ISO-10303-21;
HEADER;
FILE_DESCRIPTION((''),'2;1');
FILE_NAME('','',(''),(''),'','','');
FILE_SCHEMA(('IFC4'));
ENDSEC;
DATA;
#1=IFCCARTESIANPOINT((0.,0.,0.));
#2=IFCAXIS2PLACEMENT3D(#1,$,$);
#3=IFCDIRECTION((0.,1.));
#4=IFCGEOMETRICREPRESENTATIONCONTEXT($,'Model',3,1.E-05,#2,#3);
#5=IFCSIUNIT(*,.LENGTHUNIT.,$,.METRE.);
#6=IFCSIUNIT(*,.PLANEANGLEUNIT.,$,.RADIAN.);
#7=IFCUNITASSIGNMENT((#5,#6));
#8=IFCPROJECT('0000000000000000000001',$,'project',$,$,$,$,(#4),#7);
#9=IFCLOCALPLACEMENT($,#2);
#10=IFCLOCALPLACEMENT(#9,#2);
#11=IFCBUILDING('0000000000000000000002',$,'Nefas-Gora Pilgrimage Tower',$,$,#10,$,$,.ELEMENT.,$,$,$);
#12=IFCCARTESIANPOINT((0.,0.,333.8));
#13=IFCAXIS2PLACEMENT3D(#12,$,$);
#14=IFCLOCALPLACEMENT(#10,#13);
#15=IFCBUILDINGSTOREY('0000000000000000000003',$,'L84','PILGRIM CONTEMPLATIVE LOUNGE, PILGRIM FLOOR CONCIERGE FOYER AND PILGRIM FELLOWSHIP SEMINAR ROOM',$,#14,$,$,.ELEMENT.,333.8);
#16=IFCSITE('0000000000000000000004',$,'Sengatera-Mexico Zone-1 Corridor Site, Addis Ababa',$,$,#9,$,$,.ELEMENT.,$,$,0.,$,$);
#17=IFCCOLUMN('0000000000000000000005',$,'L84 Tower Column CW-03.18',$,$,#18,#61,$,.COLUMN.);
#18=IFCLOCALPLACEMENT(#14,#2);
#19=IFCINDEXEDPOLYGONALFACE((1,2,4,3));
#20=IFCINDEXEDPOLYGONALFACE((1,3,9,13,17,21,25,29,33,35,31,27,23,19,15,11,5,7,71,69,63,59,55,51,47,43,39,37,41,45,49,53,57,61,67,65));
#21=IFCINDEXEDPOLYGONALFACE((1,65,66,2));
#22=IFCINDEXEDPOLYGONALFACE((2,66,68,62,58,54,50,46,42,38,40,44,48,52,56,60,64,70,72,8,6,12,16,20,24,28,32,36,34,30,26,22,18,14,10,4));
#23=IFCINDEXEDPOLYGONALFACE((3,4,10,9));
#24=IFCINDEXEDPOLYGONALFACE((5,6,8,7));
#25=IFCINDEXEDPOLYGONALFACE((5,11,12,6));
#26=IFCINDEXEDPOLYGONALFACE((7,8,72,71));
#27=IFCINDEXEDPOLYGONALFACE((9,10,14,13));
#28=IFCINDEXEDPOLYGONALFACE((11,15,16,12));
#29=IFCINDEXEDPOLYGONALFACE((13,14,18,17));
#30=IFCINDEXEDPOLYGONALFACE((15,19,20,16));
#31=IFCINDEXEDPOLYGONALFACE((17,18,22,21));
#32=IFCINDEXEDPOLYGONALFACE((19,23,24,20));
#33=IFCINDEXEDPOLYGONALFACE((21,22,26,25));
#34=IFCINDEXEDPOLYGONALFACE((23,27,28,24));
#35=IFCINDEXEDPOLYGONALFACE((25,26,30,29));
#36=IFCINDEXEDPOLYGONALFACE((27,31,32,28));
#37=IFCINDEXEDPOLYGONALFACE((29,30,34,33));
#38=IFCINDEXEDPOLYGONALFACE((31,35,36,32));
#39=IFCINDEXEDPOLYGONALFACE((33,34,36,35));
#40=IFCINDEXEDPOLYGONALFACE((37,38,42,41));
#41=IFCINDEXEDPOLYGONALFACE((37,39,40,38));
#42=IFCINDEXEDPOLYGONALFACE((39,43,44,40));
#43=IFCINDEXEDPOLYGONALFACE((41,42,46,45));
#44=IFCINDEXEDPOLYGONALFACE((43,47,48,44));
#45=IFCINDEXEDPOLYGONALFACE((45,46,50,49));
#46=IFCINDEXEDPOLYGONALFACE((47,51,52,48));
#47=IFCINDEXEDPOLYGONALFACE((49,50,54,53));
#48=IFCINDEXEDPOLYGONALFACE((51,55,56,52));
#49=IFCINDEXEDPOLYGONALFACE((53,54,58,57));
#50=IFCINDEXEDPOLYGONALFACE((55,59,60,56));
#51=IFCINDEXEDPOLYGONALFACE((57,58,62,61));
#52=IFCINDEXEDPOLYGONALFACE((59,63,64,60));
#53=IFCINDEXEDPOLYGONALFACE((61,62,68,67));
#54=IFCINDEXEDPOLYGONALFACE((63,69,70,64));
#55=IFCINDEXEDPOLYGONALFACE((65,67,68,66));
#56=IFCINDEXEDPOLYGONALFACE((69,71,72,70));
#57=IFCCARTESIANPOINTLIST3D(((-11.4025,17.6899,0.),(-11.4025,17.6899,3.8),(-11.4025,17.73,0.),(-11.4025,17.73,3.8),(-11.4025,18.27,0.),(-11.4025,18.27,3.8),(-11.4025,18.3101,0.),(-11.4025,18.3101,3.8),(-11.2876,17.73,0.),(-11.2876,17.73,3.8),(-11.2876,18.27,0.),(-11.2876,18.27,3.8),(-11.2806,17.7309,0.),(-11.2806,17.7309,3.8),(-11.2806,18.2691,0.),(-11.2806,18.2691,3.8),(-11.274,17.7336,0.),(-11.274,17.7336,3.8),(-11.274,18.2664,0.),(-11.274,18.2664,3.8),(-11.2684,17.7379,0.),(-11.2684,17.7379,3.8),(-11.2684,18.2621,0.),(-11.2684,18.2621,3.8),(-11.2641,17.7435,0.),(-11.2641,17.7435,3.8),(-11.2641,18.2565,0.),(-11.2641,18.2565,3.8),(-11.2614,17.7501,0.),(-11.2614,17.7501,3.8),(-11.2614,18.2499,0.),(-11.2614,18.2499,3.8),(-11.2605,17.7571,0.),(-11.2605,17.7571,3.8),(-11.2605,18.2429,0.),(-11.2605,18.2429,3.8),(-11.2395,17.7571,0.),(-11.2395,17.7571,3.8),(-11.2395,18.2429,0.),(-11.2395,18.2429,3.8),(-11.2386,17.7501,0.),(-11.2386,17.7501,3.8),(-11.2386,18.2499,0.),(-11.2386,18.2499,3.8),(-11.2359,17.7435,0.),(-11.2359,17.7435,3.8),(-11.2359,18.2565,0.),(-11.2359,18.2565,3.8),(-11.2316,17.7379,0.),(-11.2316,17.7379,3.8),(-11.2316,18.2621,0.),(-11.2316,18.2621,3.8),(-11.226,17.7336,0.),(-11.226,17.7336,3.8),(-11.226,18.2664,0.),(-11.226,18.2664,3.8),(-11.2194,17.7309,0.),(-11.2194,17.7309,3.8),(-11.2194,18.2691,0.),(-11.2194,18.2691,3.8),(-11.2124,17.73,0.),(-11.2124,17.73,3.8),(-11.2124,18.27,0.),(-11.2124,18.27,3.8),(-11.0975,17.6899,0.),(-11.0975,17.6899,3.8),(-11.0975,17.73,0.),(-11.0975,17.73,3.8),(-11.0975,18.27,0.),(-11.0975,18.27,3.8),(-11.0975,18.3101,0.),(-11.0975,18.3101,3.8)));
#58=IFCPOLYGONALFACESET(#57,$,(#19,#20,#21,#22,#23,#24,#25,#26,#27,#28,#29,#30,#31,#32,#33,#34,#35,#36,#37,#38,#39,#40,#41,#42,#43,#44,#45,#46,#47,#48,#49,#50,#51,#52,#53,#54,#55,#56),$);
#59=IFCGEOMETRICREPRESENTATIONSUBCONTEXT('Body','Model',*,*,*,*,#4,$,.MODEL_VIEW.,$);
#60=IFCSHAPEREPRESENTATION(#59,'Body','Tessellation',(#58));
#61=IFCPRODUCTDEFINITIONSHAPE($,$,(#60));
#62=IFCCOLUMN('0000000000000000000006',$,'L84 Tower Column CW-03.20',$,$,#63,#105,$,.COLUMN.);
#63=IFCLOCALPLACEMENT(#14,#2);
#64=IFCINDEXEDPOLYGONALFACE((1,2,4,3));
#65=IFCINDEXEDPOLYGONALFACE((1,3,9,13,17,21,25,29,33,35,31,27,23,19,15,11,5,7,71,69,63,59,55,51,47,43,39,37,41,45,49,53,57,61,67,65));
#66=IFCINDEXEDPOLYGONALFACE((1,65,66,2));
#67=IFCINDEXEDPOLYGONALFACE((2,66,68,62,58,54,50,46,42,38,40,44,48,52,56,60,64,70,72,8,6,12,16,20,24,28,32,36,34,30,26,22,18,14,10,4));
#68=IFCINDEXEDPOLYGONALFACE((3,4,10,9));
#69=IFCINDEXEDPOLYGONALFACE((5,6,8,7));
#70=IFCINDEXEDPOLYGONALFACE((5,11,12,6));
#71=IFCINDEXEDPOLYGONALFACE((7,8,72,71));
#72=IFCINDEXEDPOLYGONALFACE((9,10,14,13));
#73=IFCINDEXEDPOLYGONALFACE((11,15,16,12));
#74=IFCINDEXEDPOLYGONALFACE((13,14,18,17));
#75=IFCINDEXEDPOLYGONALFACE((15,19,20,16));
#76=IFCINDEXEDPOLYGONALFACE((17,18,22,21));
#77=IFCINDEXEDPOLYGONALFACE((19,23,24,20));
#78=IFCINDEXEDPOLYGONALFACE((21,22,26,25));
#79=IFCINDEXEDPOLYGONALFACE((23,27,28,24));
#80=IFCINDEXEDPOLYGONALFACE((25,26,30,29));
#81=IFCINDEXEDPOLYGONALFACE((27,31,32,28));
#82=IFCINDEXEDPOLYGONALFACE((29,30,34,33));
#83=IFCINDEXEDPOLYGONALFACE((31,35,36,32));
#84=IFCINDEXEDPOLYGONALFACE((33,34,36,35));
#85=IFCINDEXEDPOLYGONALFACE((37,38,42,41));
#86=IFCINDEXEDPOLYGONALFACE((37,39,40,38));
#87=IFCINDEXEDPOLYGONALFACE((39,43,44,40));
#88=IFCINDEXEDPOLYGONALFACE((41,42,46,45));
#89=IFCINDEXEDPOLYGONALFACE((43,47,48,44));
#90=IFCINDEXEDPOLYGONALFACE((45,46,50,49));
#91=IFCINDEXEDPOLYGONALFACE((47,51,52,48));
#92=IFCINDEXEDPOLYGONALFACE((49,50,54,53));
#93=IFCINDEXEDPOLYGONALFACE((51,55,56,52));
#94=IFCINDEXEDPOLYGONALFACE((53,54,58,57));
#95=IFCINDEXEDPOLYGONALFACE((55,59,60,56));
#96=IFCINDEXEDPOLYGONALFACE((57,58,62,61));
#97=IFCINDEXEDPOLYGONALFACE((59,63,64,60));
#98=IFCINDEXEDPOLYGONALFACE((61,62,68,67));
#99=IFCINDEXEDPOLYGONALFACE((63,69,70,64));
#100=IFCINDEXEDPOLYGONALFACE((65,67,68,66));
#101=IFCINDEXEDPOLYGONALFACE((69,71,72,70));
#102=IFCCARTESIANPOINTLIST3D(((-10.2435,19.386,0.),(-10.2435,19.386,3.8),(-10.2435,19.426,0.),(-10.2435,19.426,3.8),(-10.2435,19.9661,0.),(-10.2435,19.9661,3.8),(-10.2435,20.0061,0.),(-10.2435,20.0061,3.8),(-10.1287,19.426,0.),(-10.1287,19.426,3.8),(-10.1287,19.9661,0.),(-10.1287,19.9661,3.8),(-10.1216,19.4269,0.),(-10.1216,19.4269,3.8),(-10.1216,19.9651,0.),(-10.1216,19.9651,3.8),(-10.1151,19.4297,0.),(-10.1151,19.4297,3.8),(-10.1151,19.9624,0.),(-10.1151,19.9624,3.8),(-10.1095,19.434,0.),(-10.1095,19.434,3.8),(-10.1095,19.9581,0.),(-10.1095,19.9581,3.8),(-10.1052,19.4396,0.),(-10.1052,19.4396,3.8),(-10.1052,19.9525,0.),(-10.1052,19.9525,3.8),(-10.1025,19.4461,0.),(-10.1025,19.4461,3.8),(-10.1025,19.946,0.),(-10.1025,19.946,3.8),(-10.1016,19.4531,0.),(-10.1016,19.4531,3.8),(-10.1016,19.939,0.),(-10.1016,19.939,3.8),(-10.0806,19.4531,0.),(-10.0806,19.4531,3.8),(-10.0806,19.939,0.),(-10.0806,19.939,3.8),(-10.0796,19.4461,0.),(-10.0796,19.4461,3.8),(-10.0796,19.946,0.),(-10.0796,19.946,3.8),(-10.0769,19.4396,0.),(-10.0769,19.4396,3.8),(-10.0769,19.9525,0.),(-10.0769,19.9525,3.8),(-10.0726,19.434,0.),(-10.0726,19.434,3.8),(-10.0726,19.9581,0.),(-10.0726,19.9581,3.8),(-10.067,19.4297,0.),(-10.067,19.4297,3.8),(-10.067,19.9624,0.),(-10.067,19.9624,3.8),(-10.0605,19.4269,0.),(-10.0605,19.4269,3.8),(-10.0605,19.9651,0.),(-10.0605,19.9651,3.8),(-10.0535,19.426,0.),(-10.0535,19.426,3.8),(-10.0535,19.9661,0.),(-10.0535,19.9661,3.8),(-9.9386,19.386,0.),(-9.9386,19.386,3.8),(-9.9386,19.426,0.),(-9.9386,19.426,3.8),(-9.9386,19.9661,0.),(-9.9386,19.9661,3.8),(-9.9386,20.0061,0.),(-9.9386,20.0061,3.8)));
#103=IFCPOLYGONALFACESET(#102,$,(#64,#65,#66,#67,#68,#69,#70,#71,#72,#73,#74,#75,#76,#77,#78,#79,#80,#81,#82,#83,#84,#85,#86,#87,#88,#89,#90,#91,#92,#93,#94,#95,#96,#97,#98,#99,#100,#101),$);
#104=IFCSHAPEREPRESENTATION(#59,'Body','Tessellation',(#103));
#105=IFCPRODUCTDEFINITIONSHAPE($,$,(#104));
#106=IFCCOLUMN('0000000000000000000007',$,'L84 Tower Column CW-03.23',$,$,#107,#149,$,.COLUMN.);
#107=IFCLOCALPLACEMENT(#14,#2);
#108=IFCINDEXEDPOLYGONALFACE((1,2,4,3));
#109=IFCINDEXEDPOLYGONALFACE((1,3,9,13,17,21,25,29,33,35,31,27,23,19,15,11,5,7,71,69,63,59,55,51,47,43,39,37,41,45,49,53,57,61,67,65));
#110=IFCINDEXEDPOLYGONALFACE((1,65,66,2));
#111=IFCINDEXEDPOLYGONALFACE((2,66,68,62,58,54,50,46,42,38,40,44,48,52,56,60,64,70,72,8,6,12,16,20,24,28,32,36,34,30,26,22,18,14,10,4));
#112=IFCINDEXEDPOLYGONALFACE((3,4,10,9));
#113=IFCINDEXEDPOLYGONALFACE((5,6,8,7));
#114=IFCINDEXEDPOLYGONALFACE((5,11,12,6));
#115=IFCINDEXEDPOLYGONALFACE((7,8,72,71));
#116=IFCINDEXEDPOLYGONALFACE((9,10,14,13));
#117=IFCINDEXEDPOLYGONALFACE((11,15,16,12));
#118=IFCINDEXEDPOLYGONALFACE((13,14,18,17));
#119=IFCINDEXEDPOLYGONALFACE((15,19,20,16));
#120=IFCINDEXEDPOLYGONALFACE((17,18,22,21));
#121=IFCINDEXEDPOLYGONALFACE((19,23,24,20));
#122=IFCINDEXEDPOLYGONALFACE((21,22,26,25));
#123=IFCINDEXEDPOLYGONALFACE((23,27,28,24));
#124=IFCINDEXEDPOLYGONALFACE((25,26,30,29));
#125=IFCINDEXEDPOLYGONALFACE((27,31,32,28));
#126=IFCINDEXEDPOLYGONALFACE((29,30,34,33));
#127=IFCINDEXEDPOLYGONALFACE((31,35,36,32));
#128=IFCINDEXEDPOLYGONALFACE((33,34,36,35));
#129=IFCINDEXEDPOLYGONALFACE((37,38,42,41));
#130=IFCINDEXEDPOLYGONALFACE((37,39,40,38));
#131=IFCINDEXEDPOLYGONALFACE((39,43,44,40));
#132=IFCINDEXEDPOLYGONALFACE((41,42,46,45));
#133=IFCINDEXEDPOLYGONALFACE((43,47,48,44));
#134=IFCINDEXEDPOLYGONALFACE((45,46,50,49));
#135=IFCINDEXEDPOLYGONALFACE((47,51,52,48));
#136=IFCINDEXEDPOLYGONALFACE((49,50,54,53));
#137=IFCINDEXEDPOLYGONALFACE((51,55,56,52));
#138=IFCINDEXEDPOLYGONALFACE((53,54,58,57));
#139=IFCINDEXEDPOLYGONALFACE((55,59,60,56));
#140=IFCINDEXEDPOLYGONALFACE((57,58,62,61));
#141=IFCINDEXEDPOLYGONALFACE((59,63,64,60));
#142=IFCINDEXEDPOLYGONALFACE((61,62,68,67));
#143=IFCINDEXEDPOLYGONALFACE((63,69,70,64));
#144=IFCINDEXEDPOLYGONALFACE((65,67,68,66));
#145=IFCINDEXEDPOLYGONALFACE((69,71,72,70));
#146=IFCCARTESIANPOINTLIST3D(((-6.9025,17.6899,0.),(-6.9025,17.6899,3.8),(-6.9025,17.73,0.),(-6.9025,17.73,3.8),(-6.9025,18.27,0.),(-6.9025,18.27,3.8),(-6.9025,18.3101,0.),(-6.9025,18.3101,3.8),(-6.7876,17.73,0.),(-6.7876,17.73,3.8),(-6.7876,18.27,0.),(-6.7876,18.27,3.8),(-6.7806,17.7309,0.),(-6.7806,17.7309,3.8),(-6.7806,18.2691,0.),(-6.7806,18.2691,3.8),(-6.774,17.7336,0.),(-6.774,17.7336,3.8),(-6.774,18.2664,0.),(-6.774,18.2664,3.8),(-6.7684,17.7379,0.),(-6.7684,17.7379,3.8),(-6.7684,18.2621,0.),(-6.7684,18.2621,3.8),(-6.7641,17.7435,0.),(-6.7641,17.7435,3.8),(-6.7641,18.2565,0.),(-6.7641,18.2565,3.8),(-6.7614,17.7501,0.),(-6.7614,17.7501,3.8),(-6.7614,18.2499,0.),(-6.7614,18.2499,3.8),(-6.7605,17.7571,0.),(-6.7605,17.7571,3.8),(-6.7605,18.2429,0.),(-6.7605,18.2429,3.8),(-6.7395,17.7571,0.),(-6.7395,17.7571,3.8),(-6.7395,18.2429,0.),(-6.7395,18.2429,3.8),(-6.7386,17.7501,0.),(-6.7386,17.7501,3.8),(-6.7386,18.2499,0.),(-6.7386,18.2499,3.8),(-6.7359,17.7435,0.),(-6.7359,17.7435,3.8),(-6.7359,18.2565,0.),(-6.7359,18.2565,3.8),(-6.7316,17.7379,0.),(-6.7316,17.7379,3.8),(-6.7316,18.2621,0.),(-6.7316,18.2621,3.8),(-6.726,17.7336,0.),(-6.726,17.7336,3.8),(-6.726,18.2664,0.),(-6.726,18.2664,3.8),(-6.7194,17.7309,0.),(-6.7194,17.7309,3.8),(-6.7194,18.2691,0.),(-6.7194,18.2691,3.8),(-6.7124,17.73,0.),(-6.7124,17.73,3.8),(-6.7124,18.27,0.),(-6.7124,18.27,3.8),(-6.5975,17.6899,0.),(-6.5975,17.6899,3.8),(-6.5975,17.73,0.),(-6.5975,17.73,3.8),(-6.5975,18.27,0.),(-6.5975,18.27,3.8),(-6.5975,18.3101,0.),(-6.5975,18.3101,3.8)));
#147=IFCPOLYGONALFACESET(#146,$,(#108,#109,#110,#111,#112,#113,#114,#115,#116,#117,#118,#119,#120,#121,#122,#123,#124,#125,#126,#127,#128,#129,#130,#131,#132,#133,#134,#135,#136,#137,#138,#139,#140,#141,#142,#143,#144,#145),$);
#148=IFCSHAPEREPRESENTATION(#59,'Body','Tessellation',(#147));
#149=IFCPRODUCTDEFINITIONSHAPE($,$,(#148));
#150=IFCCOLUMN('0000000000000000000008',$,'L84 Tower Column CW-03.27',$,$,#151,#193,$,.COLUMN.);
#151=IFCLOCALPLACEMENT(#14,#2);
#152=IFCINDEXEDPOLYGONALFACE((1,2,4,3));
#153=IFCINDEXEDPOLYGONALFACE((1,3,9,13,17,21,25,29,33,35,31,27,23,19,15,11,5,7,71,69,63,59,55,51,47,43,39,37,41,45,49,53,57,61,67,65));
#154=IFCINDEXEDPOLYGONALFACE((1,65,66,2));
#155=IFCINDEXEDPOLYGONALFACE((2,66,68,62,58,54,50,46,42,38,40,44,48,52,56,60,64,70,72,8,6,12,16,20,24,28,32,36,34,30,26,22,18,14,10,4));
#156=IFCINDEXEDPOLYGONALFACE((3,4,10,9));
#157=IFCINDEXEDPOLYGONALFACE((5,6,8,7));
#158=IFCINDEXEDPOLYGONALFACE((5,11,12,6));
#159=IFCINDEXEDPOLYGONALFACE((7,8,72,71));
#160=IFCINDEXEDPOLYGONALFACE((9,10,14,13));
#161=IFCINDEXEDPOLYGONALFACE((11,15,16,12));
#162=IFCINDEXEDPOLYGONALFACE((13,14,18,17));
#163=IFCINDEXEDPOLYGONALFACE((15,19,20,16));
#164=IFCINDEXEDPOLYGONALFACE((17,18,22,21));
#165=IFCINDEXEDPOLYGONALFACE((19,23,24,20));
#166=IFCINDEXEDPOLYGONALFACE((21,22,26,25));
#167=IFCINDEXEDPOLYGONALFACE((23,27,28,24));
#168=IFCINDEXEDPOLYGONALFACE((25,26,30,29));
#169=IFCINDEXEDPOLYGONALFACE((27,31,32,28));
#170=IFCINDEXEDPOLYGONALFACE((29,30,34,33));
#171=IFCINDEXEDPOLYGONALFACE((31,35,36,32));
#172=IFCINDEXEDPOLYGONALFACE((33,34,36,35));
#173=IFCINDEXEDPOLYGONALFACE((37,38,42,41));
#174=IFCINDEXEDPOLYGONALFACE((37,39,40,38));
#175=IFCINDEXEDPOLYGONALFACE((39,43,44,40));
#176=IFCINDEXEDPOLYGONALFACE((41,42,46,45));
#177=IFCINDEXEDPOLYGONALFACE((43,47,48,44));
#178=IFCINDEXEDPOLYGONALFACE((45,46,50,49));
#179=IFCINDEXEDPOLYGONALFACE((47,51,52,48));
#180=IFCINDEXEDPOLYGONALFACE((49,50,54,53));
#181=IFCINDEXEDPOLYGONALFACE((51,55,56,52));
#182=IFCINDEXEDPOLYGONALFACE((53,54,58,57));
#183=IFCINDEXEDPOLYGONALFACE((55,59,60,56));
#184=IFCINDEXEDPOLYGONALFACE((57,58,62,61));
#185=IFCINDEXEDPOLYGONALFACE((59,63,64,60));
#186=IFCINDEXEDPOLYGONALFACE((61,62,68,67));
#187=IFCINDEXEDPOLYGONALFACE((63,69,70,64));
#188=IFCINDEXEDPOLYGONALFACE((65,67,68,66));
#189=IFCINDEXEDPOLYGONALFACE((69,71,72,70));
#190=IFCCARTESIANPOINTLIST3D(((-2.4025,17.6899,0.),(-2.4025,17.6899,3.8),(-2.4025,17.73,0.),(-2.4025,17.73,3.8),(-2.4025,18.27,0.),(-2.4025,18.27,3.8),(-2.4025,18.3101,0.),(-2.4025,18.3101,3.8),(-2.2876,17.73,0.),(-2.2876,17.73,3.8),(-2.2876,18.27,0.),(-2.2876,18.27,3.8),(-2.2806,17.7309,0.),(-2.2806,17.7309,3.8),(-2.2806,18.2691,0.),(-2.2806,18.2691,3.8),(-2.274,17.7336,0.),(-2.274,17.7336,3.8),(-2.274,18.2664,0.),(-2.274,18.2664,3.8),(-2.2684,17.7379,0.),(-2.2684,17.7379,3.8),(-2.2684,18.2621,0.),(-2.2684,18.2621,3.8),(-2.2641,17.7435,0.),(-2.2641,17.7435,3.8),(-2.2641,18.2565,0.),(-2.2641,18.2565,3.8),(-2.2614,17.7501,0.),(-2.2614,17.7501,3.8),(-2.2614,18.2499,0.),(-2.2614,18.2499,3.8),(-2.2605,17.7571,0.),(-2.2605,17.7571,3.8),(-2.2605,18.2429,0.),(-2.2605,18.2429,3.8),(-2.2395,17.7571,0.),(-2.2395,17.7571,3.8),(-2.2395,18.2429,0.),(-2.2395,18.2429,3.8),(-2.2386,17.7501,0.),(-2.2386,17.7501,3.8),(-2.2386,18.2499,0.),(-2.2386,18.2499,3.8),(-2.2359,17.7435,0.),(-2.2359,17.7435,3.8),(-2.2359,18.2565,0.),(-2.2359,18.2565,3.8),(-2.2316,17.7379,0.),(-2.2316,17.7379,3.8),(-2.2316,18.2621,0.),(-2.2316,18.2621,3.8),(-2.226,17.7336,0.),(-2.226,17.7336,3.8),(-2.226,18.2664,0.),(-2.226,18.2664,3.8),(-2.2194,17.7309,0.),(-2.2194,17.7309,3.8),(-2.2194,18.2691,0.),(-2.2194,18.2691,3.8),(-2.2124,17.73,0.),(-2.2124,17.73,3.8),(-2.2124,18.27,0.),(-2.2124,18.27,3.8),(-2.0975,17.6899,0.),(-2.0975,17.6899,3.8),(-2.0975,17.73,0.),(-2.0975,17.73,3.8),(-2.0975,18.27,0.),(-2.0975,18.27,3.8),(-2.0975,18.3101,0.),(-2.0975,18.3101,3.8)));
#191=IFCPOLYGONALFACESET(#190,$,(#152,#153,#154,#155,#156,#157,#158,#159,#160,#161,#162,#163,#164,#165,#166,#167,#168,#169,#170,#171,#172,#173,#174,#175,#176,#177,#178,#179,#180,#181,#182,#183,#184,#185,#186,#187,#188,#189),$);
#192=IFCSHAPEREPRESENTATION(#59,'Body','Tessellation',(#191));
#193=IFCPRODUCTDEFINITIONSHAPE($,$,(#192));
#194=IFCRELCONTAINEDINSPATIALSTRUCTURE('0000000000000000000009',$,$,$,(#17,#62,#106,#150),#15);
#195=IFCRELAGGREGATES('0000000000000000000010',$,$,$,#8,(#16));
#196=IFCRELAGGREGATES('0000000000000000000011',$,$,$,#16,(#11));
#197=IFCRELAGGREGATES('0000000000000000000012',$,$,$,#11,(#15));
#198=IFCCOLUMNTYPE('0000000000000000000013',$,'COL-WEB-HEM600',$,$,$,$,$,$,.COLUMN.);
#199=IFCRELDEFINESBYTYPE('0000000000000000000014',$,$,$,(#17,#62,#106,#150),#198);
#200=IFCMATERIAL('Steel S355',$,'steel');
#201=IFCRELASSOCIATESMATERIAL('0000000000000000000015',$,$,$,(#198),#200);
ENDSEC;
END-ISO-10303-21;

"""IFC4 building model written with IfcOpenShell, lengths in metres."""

from ifc_helpers import new_model, si_unit, direction, frame, origin, origin_2d, place, context, subcontext, project, spatial, i_section, extrude, source, transform, mapped, material, material_profile, profile_set, type_object, element, save


model = new_model("IFC4")

# Units and contexts
model_context = context("Model", 3, precision=1e-05, world=origin(), true_north=direction((0.0, 1.0)))
body_context = subcontext(model_context, "Body", "Model", "MODEL_VIEW")
ifc_project = project(units=[si_unit("LENGTHUNIT", "METRE"), si_unit("PLANEANGLEUNIT", "RADIAN")], contexts=[model_context])

# Site, building, storey
site_placement = place(None, origin())
site = spatial("IfcSite", under=ifc_project, at=site_placement, Name="Sengatera-Mexico Zone-1 Corridor Site, Addis Ababa", CompositionType="ELEMENT", RefElevation=0.0)
building_placement = place(site_placement, origin())
building = spatial("IfcBuilding", under=site, at=building_placement, Name="Nefas-Gora Pilgrimage Tower", CompositionType="ELEMENT")
storey_placement = place(building_placement, frame((0.0, 0.0, 333.8)))
storey = spatial("IfcBuildingStorey", under=building, at=storey_placement, Name="L84", Description="PILGRIM CONTEMPLATIVE LOUNGE, PILGRIM FLOOR CONCIERGE FOYER AND PILGRIM FELLOWSHIP SEMINAR ROOM", CompositionType="ELEMENT", Elevation=333.8)

# Columns
ifc_material_1 = material(Name="Steel S355", Category="steel")
ifc_material_profile_1 = material_profile(ifc_material_1, i_section(OverallWidth=0.3049, OverallDepth=0.6201, WebThickness=0.021, FlangeThickness=0.04, FilletRadius=0.0271, at=origin_2d()), Name="HEM 600")
ifc_profile_set_1 = profile_set([ifc_material_profile_1], Name="Steel S355")
column_type_1 = type_object("IfcColumnType", Name="COL-WEB-HEM600", PredefinedType="COLUMN", material=ifc_profile_set_1)
shared_shape_1 = source(origin(), body_context, "Body", "SweptSolid", [
    extrude(i_section(OverallWidth=0.3049, OverallDepth=0.6201, WebThickness=0.021, FlangeThickness=0.04, FilletRadius=0.0271, at=origin_2d()), origin(), (0.0, 0.0, 1.0), 3.8),
])
for number, where, z_axis, x_axis, name in (
    (1, (-11.25, 18.0, 0.0), (0.0, 0.0, 1.0), (1.0, 0.0, 0.0), "L84 Tower Column CW-03.18"),
    (2, (-10.0911, 19.696, 0.0), (0.0, 0.0, 1.0), (1.0, 0.0, 0.0), "L84 Tower Column CW-03.20"),
    (3, (-6.75, 18.0, 0.0), (0.0, 0.0, 1.0), (1.0, 0.0, 0.0), "L84 Tower Column CW-03.23"),
    (4, (-2.25, 18.0, 0.0), (0.0, 0.0, 1.0), (1.0, 0.0, 0.0), "L84 Tower Column CW-03.27"),
):
    element("IfcColumn", number, at=place(storey_placement, frame(where, z_axis=z_axis, x_axis=x_axis)), inside=storey, type_object=column_type_1, Name=name, PredefinedType="COLUMN", context=body_context, shape_type="MappedRepresentation", body=[
        mapped(shared_shape_1, transform((0.0, 0.0, 0.0), x_axis=(1.0, 0.0, 0.0), y_axis=(0.0, 1.0, 0.0), z_axis=(0.0, 0.0, 1.0), scale=1.0)),
    ])

save(model, "model.ifc")
